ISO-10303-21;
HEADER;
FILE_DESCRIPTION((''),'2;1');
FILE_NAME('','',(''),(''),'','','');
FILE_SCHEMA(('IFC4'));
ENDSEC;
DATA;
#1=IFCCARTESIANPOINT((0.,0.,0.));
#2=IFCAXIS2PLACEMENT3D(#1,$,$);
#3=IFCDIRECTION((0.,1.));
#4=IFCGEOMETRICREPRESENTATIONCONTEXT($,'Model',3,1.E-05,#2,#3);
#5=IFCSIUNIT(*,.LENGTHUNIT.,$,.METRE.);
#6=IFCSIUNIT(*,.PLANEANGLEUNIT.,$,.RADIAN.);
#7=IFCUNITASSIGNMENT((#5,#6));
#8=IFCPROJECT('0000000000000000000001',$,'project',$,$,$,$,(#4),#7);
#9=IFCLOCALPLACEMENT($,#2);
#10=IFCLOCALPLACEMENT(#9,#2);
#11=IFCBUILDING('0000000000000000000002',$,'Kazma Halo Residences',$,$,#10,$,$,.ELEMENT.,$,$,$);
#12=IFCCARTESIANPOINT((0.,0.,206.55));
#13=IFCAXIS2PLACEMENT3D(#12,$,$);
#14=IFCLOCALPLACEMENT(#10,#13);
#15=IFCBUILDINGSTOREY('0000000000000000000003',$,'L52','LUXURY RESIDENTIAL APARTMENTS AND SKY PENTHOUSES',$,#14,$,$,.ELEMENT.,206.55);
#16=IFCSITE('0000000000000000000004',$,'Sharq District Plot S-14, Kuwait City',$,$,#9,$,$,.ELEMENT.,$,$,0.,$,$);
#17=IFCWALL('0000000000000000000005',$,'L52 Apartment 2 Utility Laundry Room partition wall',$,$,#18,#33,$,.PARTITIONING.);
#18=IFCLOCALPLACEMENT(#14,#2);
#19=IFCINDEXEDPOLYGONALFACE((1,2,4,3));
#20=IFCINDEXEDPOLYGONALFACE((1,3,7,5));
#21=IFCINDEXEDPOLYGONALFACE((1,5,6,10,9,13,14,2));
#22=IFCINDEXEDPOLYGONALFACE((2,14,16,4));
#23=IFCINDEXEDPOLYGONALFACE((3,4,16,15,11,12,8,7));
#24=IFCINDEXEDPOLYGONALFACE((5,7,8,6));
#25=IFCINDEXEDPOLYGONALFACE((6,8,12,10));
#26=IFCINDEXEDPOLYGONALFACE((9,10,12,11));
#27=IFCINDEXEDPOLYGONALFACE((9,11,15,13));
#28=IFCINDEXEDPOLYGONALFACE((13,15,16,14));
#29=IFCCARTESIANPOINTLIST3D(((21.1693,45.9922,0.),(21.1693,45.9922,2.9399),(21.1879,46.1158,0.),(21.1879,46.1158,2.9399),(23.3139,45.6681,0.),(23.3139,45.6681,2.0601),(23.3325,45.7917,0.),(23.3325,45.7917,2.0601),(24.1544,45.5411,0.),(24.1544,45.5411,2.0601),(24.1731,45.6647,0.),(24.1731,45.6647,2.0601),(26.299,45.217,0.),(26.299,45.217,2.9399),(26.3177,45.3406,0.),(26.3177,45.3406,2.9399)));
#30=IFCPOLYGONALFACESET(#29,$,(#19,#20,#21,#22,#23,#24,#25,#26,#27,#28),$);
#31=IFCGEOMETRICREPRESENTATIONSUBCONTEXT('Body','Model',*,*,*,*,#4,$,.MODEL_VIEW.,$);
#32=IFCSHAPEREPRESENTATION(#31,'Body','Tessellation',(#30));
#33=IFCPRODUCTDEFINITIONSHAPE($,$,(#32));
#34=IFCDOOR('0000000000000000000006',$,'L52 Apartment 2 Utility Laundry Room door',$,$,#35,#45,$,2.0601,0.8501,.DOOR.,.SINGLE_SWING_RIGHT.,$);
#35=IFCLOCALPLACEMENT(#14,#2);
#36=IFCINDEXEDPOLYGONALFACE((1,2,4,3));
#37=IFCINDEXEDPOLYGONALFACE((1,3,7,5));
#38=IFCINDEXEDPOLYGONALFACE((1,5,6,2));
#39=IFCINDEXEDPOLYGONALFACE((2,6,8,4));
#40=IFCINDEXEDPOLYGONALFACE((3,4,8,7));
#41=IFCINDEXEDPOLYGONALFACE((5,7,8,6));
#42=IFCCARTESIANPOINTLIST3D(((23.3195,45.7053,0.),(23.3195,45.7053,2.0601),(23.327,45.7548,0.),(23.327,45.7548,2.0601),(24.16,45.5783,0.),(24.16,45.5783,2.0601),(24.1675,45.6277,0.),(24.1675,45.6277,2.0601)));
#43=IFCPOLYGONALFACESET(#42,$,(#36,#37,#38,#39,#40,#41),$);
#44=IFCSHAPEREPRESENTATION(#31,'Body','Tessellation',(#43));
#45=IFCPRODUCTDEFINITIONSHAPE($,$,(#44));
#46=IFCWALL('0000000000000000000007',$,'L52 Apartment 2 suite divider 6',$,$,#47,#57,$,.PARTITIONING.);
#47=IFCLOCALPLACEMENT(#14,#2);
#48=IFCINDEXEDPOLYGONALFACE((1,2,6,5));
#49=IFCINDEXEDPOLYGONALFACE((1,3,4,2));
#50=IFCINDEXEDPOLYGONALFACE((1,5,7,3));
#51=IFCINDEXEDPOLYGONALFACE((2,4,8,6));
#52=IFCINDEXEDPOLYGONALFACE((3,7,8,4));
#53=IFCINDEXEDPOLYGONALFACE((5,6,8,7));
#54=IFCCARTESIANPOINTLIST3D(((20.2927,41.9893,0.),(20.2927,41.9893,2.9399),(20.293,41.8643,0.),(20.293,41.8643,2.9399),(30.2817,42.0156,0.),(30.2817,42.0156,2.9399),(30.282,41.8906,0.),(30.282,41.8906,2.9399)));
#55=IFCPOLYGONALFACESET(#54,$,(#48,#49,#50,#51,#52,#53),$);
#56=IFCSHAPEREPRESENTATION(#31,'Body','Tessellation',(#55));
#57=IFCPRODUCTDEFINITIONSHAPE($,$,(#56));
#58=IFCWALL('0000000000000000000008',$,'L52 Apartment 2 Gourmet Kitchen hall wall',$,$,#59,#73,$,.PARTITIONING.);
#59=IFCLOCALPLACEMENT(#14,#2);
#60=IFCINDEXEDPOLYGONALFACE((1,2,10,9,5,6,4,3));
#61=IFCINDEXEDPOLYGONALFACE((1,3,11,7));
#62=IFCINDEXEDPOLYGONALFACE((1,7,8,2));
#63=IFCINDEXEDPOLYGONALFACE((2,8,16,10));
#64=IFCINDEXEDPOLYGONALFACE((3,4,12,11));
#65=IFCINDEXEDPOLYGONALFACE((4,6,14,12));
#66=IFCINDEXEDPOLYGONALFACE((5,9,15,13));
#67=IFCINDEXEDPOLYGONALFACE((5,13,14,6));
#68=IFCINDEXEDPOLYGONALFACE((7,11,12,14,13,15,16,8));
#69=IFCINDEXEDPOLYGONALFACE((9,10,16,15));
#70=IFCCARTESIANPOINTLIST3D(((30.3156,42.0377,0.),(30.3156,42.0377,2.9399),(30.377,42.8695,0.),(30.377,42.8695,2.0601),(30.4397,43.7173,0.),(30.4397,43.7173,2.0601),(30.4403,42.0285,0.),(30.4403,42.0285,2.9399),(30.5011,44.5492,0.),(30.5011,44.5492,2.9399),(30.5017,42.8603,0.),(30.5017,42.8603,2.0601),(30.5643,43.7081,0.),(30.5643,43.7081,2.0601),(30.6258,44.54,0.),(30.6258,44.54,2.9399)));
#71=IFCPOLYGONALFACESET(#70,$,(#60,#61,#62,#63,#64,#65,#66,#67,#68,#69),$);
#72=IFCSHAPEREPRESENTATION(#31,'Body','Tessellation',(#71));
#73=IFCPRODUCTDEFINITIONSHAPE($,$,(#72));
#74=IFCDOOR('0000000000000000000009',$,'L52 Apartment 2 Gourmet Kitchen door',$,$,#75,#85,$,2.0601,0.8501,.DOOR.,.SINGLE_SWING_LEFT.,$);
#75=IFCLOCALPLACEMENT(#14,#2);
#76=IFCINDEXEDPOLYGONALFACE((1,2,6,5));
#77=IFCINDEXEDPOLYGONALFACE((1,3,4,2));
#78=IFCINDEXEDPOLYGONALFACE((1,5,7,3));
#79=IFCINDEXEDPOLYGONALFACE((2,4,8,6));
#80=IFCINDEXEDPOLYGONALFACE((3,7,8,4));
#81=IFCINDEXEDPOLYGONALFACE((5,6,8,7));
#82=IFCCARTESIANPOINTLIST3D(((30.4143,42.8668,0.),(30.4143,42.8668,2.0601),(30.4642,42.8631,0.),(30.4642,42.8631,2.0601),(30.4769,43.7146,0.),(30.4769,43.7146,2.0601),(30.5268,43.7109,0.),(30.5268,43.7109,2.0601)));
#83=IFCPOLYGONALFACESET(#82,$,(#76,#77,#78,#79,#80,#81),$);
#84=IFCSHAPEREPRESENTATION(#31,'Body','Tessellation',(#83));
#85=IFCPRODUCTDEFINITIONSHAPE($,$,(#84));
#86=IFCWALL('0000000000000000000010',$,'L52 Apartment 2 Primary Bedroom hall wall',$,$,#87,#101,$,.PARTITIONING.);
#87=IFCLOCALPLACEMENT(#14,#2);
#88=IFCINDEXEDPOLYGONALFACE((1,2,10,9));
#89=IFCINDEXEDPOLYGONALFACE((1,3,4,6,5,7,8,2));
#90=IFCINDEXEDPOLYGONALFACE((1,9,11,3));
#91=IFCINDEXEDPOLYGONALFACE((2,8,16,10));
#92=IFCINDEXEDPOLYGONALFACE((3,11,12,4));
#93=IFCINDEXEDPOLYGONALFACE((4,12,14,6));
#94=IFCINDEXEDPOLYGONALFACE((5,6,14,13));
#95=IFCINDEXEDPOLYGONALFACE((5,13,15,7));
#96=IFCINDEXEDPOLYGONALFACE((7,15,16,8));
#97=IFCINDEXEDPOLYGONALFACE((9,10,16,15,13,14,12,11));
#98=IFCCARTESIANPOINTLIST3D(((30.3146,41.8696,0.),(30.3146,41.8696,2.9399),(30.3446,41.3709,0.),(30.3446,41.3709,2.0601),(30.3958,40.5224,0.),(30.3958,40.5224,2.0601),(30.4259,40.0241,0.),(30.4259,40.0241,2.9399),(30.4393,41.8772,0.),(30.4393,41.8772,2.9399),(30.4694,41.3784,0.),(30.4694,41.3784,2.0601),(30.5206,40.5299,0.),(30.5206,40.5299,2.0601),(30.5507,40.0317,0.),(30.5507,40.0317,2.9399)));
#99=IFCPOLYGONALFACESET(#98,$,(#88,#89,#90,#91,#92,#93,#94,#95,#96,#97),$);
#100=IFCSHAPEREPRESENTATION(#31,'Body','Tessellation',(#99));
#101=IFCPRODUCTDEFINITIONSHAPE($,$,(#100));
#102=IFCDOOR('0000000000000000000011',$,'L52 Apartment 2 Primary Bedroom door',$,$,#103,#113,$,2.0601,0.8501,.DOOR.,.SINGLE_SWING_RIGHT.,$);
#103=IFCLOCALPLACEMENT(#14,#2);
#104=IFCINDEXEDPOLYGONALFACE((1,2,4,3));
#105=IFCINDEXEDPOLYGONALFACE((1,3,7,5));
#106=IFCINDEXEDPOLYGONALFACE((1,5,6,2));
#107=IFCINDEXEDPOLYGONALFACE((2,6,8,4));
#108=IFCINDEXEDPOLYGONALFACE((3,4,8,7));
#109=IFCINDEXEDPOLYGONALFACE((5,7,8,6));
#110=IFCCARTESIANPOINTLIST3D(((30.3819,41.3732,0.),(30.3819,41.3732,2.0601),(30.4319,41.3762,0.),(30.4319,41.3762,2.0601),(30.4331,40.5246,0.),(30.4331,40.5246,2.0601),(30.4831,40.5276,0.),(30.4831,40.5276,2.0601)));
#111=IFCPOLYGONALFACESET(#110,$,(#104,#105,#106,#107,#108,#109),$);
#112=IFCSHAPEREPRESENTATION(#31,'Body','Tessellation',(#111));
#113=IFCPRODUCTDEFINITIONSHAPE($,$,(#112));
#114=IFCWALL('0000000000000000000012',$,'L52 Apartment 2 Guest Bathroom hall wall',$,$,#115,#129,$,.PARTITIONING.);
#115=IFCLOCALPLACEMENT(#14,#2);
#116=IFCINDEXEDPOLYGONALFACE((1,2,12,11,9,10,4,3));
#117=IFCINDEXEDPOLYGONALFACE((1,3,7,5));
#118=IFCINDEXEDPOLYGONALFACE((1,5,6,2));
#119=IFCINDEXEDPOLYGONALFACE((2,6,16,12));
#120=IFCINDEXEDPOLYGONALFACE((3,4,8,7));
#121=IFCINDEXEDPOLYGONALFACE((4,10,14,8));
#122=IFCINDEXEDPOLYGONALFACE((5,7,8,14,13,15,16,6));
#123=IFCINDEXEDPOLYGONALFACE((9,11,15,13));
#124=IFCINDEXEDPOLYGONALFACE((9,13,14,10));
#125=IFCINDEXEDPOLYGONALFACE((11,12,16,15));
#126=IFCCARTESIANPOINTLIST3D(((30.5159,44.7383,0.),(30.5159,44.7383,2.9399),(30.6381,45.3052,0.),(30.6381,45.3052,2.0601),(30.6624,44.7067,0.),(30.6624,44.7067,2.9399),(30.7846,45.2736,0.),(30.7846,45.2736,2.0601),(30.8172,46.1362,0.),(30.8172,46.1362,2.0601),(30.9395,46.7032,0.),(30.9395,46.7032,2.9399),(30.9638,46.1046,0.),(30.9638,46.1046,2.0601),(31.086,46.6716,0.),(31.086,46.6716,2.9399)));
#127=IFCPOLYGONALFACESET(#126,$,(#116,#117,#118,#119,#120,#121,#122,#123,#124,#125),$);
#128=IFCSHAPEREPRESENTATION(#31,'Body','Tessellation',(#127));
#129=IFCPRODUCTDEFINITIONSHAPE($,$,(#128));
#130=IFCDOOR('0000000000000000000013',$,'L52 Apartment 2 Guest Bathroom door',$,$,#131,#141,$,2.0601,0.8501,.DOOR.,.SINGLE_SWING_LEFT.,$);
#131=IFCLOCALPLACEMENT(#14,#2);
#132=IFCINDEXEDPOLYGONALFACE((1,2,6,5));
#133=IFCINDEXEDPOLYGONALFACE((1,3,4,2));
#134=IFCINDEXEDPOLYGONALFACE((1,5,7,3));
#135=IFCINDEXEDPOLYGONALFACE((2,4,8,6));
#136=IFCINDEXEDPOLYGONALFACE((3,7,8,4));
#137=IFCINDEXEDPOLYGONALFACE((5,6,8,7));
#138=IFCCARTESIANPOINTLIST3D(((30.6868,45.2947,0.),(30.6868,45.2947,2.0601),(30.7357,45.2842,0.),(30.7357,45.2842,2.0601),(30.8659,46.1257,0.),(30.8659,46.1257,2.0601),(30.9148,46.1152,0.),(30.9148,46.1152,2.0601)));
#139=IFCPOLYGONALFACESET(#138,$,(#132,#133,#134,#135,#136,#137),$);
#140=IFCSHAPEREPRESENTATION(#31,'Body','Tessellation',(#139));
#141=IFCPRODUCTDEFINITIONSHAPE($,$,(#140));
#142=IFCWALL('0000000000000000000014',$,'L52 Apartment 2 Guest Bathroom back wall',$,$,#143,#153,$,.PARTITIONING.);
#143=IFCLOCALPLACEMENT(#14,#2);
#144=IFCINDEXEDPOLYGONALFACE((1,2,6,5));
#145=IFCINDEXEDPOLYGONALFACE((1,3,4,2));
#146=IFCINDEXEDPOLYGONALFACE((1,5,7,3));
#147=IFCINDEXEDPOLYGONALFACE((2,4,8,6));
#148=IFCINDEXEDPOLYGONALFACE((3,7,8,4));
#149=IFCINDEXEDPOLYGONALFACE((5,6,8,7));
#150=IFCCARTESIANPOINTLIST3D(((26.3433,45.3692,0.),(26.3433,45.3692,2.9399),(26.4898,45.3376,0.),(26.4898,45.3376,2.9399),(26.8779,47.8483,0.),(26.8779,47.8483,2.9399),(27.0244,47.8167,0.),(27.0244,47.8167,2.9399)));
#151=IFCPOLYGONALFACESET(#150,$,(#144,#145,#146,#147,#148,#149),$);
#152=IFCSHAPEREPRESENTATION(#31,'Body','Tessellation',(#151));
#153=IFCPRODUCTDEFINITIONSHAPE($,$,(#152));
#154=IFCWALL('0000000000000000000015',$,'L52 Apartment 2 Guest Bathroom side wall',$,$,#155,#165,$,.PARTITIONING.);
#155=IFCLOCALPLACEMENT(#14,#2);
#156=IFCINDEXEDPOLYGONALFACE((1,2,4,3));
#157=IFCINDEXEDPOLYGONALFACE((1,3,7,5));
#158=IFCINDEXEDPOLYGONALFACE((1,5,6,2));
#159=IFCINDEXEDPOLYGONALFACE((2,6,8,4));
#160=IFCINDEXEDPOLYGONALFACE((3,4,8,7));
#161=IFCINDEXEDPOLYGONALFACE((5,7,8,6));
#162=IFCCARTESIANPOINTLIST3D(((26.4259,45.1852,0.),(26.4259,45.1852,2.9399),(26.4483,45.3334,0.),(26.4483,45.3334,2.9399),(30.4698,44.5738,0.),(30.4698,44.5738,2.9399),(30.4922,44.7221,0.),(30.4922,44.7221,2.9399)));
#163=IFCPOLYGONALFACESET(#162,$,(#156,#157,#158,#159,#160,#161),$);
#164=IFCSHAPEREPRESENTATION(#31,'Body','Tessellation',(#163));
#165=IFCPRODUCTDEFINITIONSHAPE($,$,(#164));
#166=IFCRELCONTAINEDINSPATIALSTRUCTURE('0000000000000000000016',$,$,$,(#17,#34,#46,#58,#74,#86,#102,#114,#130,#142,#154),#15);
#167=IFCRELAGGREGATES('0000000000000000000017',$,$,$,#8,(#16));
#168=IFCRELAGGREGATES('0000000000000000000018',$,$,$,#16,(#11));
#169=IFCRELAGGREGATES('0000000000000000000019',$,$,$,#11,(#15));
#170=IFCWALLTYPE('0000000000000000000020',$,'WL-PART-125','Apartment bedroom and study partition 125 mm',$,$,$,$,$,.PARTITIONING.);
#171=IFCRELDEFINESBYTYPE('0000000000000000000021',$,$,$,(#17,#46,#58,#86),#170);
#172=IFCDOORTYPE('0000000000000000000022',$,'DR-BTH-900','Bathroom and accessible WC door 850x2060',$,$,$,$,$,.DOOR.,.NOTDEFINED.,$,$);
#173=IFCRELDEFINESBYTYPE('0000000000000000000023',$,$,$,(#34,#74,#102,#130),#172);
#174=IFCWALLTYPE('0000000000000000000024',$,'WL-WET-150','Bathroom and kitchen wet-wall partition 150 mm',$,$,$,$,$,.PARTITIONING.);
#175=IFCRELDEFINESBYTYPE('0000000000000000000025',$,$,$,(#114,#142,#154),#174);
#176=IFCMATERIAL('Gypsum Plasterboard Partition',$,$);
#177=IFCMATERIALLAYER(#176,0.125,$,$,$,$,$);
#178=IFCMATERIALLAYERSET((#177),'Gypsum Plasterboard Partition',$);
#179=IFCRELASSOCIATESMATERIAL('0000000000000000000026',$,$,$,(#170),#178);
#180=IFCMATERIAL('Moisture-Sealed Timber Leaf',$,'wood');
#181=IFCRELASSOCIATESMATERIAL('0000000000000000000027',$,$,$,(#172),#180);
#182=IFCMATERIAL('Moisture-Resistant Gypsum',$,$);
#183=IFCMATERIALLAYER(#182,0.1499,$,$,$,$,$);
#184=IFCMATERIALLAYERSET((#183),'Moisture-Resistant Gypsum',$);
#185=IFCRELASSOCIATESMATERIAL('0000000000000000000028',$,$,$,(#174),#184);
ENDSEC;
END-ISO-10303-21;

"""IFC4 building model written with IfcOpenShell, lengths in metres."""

from ifc_helpers import new_model, si_unit, direction, frame, frame_2d, origin, place, context, subcontext, project, spatial, rectangle, extrude, material, layer, layer_set, type_object, element, fill, save


model = new_model("IFC4")

# Units and contexts
model_context = context("Model", 3, precision=1e-05, world=origin(), true_north=direction((0.0, 1.0)))
body_context = subcontext(model_context, "Body", "Model", "MODEL_VIEW")
ifc_project = project(units=[si_unit("LENGTHUNIT", "METRE"), si_unit("PLANEANGLEUNIT", "RADIAN")], contexts=[model_context])

# Site, building, storey
site_placement = place(None, origin())
site = spatial("IfcSite", under=ifc_project, at=site_placement, Name="Sharq District Plot S-14, Kuwait City", CompositionType="ELEMENT", RefElevation=0.0)
building_placement = place(site_placement, origin())
building = spatial("IfcBuilding", under=site, at=building_placement, Name="Kazma Halo Residences", CompositionType="ELEMENT")
storey_placement = place(building_placement, frame((0.0, 0.0, 206.55)))
storey = spatial("IfcBuildingStorey", under=building, at=storey_placement, Name="L52", Description="LUXURY RESIDENTIAL APARTMENTS AND SKY PENTHOUSES", CompositionType="ELEMENT", Elevation=206.55)

# Shared definitions
ifc_material_1 = material(Name="Gypsum Plasterboard Partition")
ifc_layer_1 = layer(ifc_material_1, 0.125)
ifc_layer_set_1 = layer_set([ifc_layer_1], Name="Gypsum Plasterboard Partition")
wall_type_1 = type_object("IfcWallType", Name="WL-PART-125", Description="Apartment bedroom and study partition 125 mm", PredefinedType="PARTITIONING", material=ifc_layer_set_1)

# Wall, opening, door
wall_1_placement = place(storey_placement, frame((26.3083, 45.2788, 0.0), z_axis=(0.0, 0.0, 1.0), x_axis=(-0.988775, 0.149415, 0.0)))
wall_1 = element("IfcWall", 1, at=wall_1_placement, inside=storey, type_object=wall_type_1, Name="L52 Apartment 2 Utility Laundry Room partition wall", PredefinedType="PARTITIONING", context=body_context, shape_type="SweptSolid", body=[
    extrude(rectangle(XDim=5.188, YDim=0.125, at=frame_2d((2.594, 0.0))), origin(), (0.0, 0.0, 1.0), 2.9399),
])
opening_1_placement = place(wall_1_placement, frame((2.1689, 0.0, 0.0)))
opening_1 = element("IfcOpeningElement", 2, at=opening_1_placement, cuts=wall_1, PredefinedType="OPENING", context=body_context, shape_type="SweptSolid", body=[
    extrude(rectangle(XDim=0.8501, YDim=2.0601, at=frame_2d((0.425, 1.03))), frame((0.0, 0.0725, 0.0), z_axis=(0.0, -1.0, 0.0), x_axis=(1.0, 0.0, 0.0)), (0.0, 0.0, 1.0), 0.145),
])
ifc_material_2 = material(Name="Moisture-Sealed Timber Leaf", Category="wood")
door_type = type_object("IfcDoorType", Name="DR-BTH-900", Description="Bathroom and accessible WC door 850x2060", OperationType="NOTDEFINED", PredefinedType="DOOR", material=ifc_material_2)
door_1_placement = place(opening_1_placement, origin())
door_1 = element("IfcDoor", 3, at=door_1_placement, inside=storey, type_object=door_type, Name="L52 Apartment 2 Utility Laundry Room door", OperationType="SINGLE_SWING_RIGHT", OverallHeight=2.0601, OverallWidth=0.8501, PredefinedType="DOOR", context=body_context, shape_type="SweptSolid", body=[
    extrude(rectangle(XDim=0.8501, YDim=2.0601, at=frame_2d((0.425, 1.03))), frame((0.0, 0.0249, 0.0), z_axis=(0.0, -1.0, 0.0), x_axis=(1.0, 0.0, 0.0)), (0.0, 0.0, 1.0), 0.05),
])
fill(opening_1, door_1)

# Wall
wall_2_placement = place(storey_placement, frame((30.282, 41.9531, 0.0), z_axis=(0.0, 0.0, 1.0), x_axis=(-0.999997, -0.00264, 0.0)))
element("IfcWall", 4, at=wall_2_placement, inside=storey, type_object=wall_type_1, Name="L52 Apartment 2 suite divider 6", PredefinedType="PARTITIONING", context=body_context, shape_type="SweptSolid", body=[
    extrude(rectangle(XDim=9.989, YDim=0.125, at=frame_2d((4.9946, 0.0))), origin(), (0.0, 0.0, 1.0), 2.9399),
])

# Walls, openings, doors
wall_3_placement = place(storey_placement, frame((30.5635, 44.5447, 0.0), z_axis=(0.0, 0.0, 1.0), x_axis=(-0.073679, -0.997282, 0.0)))
wall_3 = element("IfcWall", 5, at=wall_3_placement, inside=storey, type_object=wall_type_1, Name="L52 Apartment 2 Gourmet Kitchen hall wall", PredefinedType="PARTITIONING", context=body_context, shape_type="SweptSolid", body=[
    extrude(rectangle(XDim=2.5183, YDim=0.125, at=frame_2d((1.2593, 0.0))), origin(), (0.0, 0.0, 1.0), 2.9399),
])
opening_2_placement = place(wall_3_placement, frame((0.8342, 0.0, 0.0)))
opening_2 = element("IfcOpeningElement", 6, at=opening_2_placement, cuts=wall_3, PredefinedType="OPENING", context=body_context, shape_type="SweptSolid", body=[
    extrude(rectangle(XDim=0.8501, YDim=2.0601, at=frame_2d((0.425, 1.03))), frame((0.0, 0.0725, 0.0), z_axis=(0.0, -1.0, 0.0), x_axis=(1.0, 0.0, 0.0)), (0.0, 0.0, 1.0), 0.145),
])
door_2_placement = place(opening_2_placement, origin())
door_2 = element("IfcDoor", 7, at=door_2_placement, inside=storey, type_object=door_type, Name="L52 Apartment 2 Gourmet Kitchen door", OperationType="SINGLE_SWING_LEFT", OverallHeight=2.0601, OverallWidth=0.8501, PredefinedType="DOOR", context=body_context, shape_type="SweptSolid", body=[
    extrude(rectangle(XDim=0.8501, YDim=2.0601, at=frame_2d((0.425, 1.03))), frame((0.0, 0.0249, 0.0), z_axis=(0.0, -1.0, 0.0), x_axis=(1.0, 0.0, 0.0)), (0.0, 0.0, 1.0), 0.05),
])
fill(opening_2, door_2)
wall_4_placement = place(storey_placement, frame((30.377, 41.8733, 0.0), z_axis=(0.0, 0.0, 1.0), x_axis=(0.060216, -0.998185, 0.0)))
wall_4 = element("IfcWall", 8, at=wall_4_placement, inside=storey, type_object=wall_type_1, Name="L52 Apartment 2 Primary Bedroom hall wall", PredefinedType="PARTITIONING", context=body_context, shape_type="SweptSolid", body=[
    extrude(rectangle(XDim=1.8489, YDim=0.125, at=frame_2d((0.9243, 0.0))), origin(), (0.0, 0.0, 1.0), 2.9399),
])
opening_3_placement = place(wall_4_placement, frame((0.4995, 0.0, 0.0)))
opening_3 = element("IfcOpeningElement", 9, at=opening_3_placement, cuts=wall_4, PredefinedType="OPENING", context=body_context, shape_type="SweptSolid", body=[
    extrude(rectangle(XDim=0.8501, YDim=2.0601, at=frame_2d((0.425, 1.03))), frame((0.0, 0.0725, 0.0), z_axis=(0.0, -1.0, 0.0), x_axis=(1.0, 0.0, 0.0)), (0.0, 0.0, 1.0), 0.145),
])
door_3_placement = place(opening_3_placement, origin())
door_3 = element("IfcDoor", 10, at=door_3_placement, inside=storey, type_object=door_type, Name="L52 Apartment 2 Primary Bedroom door", OperationType="SINGLE_SWING_RIGHT", OverallHeight=2.0601, OverallWidth=0.8501, PredefinedType="DOOR", context=body_context, shape_type="SweptSolid", body=[
    extrude(rectangle(XDim=0.8501, YDim=2.0601, at=frame_2d((0.425, 1.03))), frame((0.0, 0.0249, 0.0), z_axis=(0.0, -1.0, 0.0), x_axis=(1.0, 0.0, 0.0)), (0.0, 0.0, 1.0), 0.05),
])
fill(opening_3, door_3)
ifc_material_3 = material(Name="Moisture-Resistant Gypsum")
ifc_layer_2 = layer(ifc_material_3, 0.1499)
ifc_layer_set_2 = layer_set([ifc_layer_2], Name="Moisture-Resistant Gypsum")
wall_type_2 = type_object("IfcWallType", Name="WL-WET-150", Description="Bathroom and kitchen wet-wall partition 150 mm", PredefinedType="PARTITIONING", material=ifc_layer_set_2)
wall_5_placement = place(storey_placement, frame((31.0127, 46.6873, 0.0), z_axis=(0.0, 0.0, 1.0), x_axis=(-0.21074, -0.977542, 0.0)))
wall_5 = element("IfcWall", 11, at=wall_5_placement, inside=storey, type_object=wall_type_2, Name="L52 Apartment 2 Guest Bathroom hall wall", PredefinedType="PARTITIONING", context=body_context, shape_type="SweptSolid", body=[
    extrude(rectangle(XDim=2.01, YDim=0.1499, at=frame_2d((1.0049, 0.0))), origin(), (0.0, 0.0, 1.0), 2.9399),
])
opening_4_placement = place(wall_5_placement, frame((0.5798, 0.0, 0.0)))
opening_4 = element("IfcOpeningElement", 12, at=opening_4_placement, cuts=wall_5, PredefinedType="OPENING", context=body_context, shape_type="SweptSolid", body=[
    extrude(rectangle(XDim=0.8501, YDim=2.0601, at=frame_2d((0.425, 1.03))), frame((0.0, 0.085, 0.0), z_axis=(0.0, -1.0, 0.0), x_axis=(1.0, 0.0, 0.0)), (0.0, 0.0, 1.0), 0.1699),
])
door_4_placement = place(opening_4_placement, origin())
door_4 = element("IfcDoor", 13, at=door_4_placement, inside=storey, type_object=door_type, Name="L52 Apartment 2 Guest Bathroom door", OperationType="SINGLE_SWING_LEFT", OverallHeight=2.0601, OverallWidth=0.8501, PredefinedType="DOOR", context=body_context, shape_type="SweptSolid", body=[
    extrude(rectangle(XDim=0.8501, YDim=2.0601, at=frame_2d((0.425, 1.03))), frame((0.0, 0.0249, 0.0), z_axis=(0.0, -1.0, 0.0), x_axis=(1.0, 0.0, 0.0)), (0.0, 0.0, 1.0), 0.05),
])
fill(opening_4, door_4)

# Walls
wall_6_placement = place(storey_placement, frame((26.9512, 47.8325, 0.0), z_axis=(0.0, 0.0, 1.0), x_axis=(-0.210811, -0.977527, 0.0)))
element("IfcWall", 14, at=wall_6_placement, inside=storey, type_object=wall_type_2, Name="L52 Apartment 2 Guest Bathroom back wall", PredefinedType="PARTITIONING", context=body_context, shape_type="SweptSolid", body=[
    extrude(rectangle(XDim=2.5361, YDim=0.1499, at=frame_2d((1.2681, 0.0))), origin(), (0.0, 0.0, 1.0), 2.9399),
])
wall_7_placement = place(storey_placement, frame((30.481, 44.6479, 0.0), z_axis=(0.0, 0.0, 1.0), x_axis=(-0.988766, 0.149473, 0.0)))
element("IfcWall", 15, at=wall_7_placement, inside=storey, type_object=wall_type_2, Name="L52 Apartment 2 Guest Bathroom side wall", PredefinedType="PARTITIONING", context=body_context, shape_type="SweptSolid", body=[
    extrude(rectangle(XDim=4.0898, YDim=0.1499, at=frame_2d((2.0449, 0.0))), origin(), (0.0, 0.0, 1.0), 2.9399),
])

save(model, "model.ifc")
